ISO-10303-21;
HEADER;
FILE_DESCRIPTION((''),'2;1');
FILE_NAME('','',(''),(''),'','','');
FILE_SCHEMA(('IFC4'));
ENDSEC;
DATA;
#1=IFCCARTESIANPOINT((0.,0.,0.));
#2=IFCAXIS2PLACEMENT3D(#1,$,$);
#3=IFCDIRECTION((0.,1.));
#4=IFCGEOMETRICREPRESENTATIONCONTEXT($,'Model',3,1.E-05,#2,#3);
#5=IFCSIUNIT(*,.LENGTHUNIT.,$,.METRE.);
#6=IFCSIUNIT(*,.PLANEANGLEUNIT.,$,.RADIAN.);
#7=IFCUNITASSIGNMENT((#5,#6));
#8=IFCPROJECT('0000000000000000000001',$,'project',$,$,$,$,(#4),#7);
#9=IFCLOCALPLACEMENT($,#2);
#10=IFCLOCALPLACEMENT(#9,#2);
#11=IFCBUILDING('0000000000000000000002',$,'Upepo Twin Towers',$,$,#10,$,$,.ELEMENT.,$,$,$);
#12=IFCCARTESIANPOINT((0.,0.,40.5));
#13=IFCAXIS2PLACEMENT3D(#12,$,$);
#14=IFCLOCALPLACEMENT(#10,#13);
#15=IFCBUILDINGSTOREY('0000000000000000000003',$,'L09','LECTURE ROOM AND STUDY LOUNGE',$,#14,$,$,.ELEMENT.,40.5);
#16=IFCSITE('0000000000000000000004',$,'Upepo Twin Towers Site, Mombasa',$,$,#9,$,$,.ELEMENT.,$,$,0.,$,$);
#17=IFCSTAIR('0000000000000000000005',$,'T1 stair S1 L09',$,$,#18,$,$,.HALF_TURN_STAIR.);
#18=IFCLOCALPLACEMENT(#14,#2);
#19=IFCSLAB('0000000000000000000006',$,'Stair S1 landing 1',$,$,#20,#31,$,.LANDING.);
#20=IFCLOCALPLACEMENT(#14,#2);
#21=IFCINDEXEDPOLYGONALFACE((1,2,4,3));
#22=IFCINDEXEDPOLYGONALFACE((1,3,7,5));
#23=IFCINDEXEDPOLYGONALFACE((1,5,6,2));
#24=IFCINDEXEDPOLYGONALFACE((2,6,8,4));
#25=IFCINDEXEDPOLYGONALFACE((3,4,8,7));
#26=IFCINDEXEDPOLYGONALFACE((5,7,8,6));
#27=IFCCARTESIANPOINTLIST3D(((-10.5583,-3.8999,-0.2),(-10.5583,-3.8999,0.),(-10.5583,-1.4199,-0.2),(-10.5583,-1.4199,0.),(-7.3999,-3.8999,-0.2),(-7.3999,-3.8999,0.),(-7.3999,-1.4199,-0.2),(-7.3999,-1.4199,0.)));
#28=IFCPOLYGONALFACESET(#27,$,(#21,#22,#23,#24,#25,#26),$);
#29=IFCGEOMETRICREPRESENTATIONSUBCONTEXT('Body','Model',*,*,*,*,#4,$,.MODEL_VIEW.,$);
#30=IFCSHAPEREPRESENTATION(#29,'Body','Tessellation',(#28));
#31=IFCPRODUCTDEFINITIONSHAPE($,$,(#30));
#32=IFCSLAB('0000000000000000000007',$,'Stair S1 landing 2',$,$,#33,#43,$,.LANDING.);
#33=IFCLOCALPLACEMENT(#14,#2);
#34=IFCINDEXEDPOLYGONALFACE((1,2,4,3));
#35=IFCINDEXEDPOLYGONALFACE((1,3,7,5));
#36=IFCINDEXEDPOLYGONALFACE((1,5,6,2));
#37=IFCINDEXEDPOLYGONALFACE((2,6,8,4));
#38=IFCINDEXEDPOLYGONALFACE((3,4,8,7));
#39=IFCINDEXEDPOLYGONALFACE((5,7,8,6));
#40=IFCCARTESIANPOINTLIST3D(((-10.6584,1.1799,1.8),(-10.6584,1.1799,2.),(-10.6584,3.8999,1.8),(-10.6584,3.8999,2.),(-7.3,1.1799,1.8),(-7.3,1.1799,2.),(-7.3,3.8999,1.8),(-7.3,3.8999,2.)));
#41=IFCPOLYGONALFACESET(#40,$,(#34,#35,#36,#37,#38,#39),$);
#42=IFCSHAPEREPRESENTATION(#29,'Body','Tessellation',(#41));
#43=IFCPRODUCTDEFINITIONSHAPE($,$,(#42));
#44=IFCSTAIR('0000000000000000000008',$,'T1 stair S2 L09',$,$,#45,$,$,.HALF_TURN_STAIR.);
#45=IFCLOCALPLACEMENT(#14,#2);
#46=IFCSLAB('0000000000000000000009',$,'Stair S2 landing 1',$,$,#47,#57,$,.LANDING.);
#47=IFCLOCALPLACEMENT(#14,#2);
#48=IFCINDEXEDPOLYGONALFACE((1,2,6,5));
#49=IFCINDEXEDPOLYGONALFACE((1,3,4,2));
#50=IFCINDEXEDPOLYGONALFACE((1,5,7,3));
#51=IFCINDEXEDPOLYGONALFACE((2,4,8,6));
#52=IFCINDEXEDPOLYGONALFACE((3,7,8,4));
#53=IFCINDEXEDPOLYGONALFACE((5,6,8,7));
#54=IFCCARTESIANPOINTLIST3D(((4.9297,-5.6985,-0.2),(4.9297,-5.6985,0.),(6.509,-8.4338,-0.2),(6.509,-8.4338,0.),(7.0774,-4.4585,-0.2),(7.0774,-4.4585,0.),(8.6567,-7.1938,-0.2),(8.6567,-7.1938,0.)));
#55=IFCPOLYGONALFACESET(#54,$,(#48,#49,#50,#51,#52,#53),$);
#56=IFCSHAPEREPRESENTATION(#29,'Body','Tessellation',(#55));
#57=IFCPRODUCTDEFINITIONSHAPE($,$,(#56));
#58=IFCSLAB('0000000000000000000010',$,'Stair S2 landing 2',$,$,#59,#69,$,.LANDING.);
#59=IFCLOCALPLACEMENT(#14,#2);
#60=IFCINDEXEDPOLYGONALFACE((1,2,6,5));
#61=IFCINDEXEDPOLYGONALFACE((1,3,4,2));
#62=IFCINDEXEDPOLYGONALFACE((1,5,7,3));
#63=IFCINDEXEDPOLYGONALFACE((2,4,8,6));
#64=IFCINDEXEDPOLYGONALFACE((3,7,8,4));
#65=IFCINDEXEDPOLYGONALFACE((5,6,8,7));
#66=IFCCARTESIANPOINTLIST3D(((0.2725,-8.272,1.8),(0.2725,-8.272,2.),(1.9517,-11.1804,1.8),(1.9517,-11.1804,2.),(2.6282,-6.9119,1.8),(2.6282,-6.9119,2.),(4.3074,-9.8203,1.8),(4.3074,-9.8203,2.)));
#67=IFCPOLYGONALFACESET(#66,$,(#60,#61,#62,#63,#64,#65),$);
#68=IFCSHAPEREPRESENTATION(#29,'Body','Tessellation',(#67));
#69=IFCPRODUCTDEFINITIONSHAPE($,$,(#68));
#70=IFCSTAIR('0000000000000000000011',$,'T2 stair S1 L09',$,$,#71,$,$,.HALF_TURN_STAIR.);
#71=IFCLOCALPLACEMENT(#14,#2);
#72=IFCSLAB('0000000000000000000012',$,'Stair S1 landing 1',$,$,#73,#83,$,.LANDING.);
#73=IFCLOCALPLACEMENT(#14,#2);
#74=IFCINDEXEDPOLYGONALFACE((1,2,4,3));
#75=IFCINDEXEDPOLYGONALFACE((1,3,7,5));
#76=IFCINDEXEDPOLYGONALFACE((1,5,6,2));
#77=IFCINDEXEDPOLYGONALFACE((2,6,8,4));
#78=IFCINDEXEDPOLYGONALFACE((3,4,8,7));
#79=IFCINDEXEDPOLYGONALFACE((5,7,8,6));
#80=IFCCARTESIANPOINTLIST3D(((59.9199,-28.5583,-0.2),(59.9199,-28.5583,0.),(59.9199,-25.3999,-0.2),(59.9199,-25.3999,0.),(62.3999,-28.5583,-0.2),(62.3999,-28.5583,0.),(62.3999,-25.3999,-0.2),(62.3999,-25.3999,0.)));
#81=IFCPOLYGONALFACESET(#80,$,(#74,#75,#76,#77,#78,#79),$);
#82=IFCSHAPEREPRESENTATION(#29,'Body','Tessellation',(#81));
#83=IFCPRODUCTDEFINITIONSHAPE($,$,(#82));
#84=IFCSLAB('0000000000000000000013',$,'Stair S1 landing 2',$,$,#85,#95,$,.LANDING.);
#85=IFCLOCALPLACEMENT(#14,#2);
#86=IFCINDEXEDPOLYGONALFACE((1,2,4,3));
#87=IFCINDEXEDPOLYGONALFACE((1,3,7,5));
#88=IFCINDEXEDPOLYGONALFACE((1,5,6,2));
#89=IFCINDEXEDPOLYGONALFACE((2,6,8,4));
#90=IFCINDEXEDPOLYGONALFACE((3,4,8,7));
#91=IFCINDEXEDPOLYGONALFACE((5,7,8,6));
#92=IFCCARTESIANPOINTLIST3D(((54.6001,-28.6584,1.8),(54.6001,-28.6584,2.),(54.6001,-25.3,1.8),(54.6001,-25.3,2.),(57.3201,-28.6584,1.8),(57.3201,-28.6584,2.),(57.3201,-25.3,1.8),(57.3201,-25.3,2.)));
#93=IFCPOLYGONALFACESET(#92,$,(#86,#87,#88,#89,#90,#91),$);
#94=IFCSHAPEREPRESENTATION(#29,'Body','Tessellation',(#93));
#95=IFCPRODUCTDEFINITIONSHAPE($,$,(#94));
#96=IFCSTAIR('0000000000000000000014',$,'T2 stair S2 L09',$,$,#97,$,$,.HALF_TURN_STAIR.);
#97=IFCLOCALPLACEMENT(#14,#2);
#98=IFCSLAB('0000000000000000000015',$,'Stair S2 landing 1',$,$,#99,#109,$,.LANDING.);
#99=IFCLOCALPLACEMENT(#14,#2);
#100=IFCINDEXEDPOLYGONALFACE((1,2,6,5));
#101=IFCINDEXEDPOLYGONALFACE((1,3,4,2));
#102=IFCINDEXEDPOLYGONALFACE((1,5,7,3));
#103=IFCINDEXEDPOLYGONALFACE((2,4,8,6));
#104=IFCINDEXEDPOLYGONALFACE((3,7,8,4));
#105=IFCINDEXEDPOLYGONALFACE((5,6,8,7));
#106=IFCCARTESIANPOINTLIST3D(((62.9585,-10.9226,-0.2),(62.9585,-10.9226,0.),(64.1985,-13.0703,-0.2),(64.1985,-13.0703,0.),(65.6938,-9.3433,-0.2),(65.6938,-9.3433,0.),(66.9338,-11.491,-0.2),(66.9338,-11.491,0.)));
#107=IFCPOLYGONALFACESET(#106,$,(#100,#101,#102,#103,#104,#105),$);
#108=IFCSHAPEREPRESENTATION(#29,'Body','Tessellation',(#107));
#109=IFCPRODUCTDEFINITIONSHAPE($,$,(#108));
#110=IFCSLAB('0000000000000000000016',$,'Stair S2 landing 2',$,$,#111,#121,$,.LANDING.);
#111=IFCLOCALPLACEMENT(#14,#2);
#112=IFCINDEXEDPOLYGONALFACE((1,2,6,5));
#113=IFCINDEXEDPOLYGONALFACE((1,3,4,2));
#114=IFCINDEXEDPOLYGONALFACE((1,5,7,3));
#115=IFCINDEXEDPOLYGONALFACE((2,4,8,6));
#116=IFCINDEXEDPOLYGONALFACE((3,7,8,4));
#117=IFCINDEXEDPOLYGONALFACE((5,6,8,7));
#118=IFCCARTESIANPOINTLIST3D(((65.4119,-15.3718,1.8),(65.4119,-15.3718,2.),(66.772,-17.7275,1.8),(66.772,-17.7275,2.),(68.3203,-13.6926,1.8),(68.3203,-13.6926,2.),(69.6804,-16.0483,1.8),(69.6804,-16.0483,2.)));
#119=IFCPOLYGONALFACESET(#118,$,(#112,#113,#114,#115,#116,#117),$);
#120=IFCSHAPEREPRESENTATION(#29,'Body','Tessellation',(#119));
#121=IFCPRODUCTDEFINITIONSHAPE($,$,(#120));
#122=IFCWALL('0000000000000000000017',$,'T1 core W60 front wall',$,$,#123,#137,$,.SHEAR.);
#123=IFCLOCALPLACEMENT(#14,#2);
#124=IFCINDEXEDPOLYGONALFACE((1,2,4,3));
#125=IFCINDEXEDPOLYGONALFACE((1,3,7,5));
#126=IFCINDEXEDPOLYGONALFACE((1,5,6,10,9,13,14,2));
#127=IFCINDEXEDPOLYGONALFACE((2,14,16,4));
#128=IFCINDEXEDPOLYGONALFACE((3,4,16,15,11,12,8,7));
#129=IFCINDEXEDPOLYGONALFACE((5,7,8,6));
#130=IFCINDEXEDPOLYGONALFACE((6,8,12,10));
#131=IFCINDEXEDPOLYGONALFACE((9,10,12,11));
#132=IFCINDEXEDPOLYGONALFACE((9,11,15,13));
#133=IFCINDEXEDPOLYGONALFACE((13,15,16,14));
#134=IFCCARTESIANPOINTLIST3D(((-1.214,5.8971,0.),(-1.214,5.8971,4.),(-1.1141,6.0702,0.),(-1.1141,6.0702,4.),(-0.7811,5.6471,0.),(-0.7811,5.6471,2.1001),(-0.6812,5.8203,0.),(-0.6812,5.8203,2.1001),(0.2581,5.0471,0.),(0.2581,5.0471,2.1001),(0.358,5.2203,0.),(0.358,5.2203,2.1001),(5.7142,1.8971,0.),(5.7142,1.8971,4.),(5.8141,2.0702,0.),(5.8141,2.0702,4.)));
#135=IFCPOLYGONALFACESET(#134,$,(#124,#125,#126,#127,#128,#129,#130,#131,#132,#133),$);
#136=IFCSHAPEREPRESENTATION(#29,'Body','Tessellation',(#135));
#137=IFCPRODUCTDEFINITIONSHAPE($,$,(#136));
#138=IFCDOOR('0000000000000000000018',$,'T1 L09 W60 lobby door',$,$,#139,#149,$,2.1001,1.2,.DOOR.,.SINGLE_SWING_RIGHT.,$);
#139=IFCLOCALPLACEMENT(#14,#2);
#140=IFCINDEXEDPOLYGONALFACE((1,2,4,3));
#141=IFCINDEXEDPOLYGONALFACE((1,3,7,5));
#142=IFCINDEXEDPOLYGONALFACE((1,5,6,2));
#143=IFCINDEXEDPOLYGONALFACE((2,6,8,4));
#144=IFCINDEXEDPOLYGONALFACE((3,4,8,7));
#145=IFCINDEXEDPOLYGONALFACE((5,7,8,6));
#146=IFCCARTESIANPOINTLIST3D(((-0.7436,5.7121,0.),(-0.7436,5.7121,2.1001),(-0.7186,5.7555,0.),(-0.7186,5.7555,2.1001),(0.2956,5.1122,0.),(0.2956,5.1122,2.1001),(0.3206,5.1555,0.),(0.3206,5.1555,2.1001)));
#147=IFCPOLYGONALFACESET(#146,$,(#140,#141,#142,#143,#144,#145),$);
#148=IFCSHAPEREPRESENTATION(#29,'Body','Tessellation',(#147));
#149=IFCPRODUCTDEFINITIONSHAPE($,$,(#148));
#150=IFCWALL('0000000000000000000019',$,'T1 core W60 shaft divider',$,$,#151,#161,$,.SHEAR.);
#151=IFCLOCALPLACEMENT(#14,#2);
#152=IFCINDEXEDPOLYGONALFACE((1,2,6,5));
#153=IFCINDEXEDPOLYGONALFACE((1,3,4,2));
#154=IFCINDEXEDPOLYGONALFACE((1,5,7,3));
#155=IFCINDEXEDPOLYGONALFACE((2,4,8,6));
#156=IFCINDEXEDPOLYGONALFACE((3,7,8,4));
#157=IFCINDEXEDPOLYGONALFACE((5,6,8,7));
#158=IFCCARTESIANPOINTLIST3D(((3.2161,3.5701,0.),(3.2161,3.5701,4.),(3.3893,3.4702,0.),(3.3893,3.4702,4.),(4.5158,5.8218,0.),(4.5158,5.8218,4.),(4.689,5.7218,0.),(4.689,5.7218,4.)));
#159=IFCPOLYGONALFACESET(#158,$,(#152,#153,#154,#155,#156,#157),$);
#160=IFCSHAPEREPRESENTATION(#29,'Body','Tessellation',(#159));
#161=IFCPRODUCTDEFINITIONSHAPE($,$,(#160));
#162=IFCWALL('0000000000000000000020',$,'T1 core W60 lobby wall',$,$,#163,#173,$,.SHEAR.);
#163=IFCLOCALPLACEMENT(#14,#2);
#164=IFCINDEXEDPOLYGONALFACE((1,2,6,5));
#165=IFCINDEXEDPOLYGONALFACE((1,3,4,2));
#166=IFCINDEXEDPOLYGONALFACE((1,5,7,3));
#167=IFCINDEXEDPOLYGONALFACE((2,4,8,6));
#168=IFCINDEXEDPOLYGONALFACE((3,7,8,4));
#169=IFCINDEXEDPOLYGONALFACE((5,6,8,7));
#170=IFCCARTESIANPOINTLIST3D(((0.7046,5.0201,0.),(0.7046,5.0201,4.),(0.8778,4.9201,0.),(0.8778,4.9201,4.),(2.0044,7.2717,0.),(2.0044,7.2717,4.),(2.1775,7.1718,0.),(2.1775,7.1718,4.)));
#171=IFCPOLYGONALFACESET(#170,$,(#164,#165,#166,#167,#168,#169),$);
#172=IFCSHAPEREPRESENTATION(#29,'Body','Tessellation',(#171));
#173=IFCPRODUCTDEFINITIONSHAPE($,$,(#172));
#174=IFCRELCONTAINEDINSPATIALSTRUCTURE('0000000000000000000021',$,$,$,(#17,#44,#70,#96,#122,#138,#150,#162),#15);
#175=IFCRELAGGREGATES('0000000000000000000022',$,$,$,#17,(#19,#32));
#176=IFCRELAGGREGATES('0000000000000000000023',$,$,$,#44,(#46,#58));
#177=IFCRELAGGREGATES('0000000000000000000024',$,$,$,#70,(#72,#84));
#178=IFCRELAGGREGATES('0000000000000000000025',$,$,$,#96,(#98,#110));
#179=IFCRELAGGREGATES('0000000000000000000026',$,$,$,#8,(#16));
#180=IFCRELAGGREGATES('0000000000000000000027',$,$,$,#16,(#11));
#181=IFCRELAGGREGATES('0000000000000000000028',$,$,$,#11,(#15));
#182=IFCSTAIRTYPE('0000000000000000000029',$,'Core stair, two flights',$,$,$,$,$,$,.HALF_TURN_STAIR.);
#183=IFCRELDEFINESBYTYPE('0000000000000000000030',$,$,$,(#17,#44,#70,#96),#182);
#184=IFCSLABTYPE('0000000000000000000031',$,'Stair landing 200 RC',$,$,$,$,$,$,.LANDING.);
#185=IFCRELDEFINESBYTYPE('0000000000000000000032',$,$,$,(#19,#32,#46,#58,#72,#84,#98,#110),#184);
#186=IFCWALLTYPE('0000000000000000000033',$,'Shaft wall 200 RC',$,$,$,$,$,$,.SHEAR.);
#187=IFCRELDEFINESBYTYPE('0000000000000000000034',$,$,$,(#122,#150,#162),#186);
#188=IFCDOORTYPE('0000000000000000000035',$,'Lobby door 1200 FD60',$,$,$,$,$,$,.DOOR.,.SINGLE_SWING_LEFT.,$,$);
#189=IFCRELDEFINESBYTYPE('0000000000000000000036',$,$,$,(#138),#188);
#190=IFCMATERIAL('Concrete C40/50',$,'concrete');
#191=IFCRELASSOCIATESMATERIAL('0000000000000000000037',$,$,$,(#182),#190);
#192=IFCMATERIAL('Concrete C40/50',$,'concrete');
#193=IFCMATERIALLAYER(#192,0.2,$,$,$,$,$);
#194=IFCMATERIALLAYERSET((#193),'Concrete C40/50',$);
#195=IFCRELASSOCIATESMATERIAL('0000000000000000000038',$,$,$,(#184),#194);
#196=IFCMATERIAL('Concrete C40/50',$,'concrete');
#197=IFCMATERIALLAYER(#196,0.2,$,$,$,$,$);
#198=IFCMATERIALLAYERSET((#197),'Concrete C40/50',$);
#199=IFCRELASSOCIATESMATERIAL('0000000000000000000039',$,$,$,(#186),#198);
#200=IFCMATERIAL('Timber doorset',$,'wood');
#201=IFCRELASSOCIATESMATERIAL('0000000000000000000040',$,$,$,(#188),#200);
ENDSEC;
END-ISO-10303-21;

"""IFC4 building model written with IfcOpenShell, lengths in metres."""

from ifc_helpers import new_model, si_unit, direction, frame, frame_2d, origin, place, context, subcontext, project, spatial, polyline, rectangle, outline, extrude, material, layer, layer_set, type_object, element, fill, aggregate, save


model = new_model("IFC4")

# Units and contexts
model_context = context("Model", 3, precision=1e-05, world=origin(), true_north=direction((0.0, 1.0)))
body_context = subcontext(model_context, "Body", "Model", "MODEL_VIEW")
ifc_project = project(units=[si_unit("LENGTHUNIT", "METRE"), si_unit("PLANEANGLEUNIT", "RADIAN")], contexts=[model_context])

# Site, building, storey
site_placement = place(None, origin())
site = spatial("IfcSite", under=ifc_project, at=site_placement, Name="Upepo Twin Towers Site, Mombasa", CompositionType="ELEMENT", RefElevation=0.0)
building_placement = place(site_placement, origin())
building = spatial("IfcBuilding", under=site, at=building_placement, Name="Upepo Twin Towers", CompositionType="ELEMENT")
storey_placement = place(building_placement, frame((0.0, 0.0, 40.5)))
storey = spatial("IfcBuildingStorey", under=building, at=storey_placement, Name="L09", Description="LECTURE ROOM AND STUDY LOUNGE", CompositionType="ELEMENT", Elevation=40.5)

# Stairs, slabs
ifc_material_1 = material(Name="Concrete C40/50", Category="concrete")
stair_type = type_object("IfcStairType", Name="Core stair, two flights", PredefinedType="HALF_TURN_STAIR", material=ifc_material_1)
stair_1_placement = place(storey_placement, origin())
stair_1 = element("IfcStair", 1, at=stair_1_placement, inside=storey, type_object=stair_type, Name="T1 stair S1 L09", PredefinedType="HALF_TURN_STAIR")
ifc_material_2 = material(Name="Concrete C40/50", Category="concrete")
ifc_layer_1 = layer(ifc_material_2, 0.2)
ifc_layer_set_1 = layer_set([ifc_layer_1], Name="Concrete C40/50")
slab_type = type_object("IfcSlabType", Name="Stair landing 200 RC", PredefinedType="LANDING", material=ifc_layer_set_1)
slab_1_placement = place(storey_placement, frame((0.0, 0.0, -0.2)))
slab_1 = element("IfcSlab", 2, at=slab_1_placement, type_object=slab_type, Name="Stair S1 landing 1", PredefinedType="LANDING", context=body_context, shape_type="SweptSolid", body=[
    extrude(outline(polyline([(-7.3999, -1.4199), (-10.5583, -1.4199), (-10.5583, -3.8999), (-7.3999, -3.8999), (-7.3999, -1.4199)])), origin(), (0.0, 0.0, 1.0), 0.2),
])
slab_2_placement = place(storey_placement, frame((0.0, 0.0, 1.8)))
slab_2 = element("IfcSlab", 3, at=slab_2_placement, type_object=slab_type, Name="Stair S1 landing 2", PredefinedType="LANDING", context=body_context, shape_type="SweptSolid", body=[
    extrude(outline(polyline([(-7.3, 3.8999), (-10.6584, 3.8999), (-10.6584, 1.1799), (-7.3, 1.1799), (-7.3, 3.8999)])), origin(), (0.0, 0.0, 1.0), 0.2),
])
aggregate(stair_1, [slab_1, slab_2])
stair_2_placement = place(storey_placement, origin())
stair_2 = element("IfcStair", 4, at=stair_2_placement, inside=storey, type_object=stair_type, Name="T1 stair S2 L09", PredefinedType="HALF_TURN_STAIR")
slab_3_placement = place(storey_placement, frame((0.0, 0.0, -0.2)))
slab_3 = element("IfcSlab", 5, at=slab_3_placement, type_object=slab_type, Name="Stair S2 landing 1", PredefinedType="LANDING", context=body_context, shape_type="SweptSolid", body=[
    extrude(outline(polyline([(4.9297, -5.6985), (6.509, -8.4338), (8.6567, -7.1938), (7.0774, -4.4585), (4.9297, -5.6985)])), origin(), (0.0, 0.0, 1.0), 0.2),
])
slab_4_placement = place(storey_placement, frame((0.0, 0.0, 1.8)))
slab_4 = element("IfcSlab", 6, at=slab_4_placement, type_object=slab_type, Name="Stair S2 landing 2", PredefinedType="LANDING", context=body_context, shape_type="SweptSolid", body=[
    extrude(outline(polyline([(0.2725, -8.272), (1.9517, -11.1804), (4.3074, -9.8203), (2.6282, -6.9119), (0.2725, -8.272)])), origin(), (0.0, 0.0, 1.0), 0.2),
])
aggregate(stair_2, [slab_3, slab_4])
stair_3_placement = place(storey_placement, origin())
stair_3 = element("IfcStair", 7, at=stair_3_placement, inside=storey, type_object=stair_type, Name="T2 stair S1 L09", PredefinedType="HALF_TURN_STAIR")
slab_5_placement = place(storey_placement, frame((0.0, 0.0, -0.2)))
slab_5 = element("IfcSlab", 8, at=slab_5_placement, type_object=slab_type, Name="Stair S1 landing 1", PredefinedType="LANDING", context=body_context, shape_type="SweptSolid", body=[
    extrude(outline(polyline([(59.9199, -25.3999), (59.9199, -28.5583), (62.3999, -28.5583), (62.3999, -25.3999), (59.9199, -25.3999)])), origin(), (0.0, 0.0, 1.0), 0.2),
])
slab_6_placement = place(storey_placement, frame((0.0, 0.0, 1.8)))
slab_6 = element("IfcSlab", 9, at=slab_6_placement, type_object=slab_type, Name="Stair S1 landing 2", PredefinedType="LANDING", context=body_context, shape_type="SweptSolid", body=[
    extrude(outline(polyline([(54.6001, -25.3), (54.6001, -28.6584), (57.3201, -28.6584), (57.3201, -25.3), (54.6001, -25.3)])), origin(), (0.0, 0.0, 1.0), 0.2),
])
aggregate(stair_3, [slab_5, slab_6])
stair_4_placement = place(storey_placement, origin())
stair_4 = element("IfcStair", 10, at=stair_4_placement, inside=storey, type_object=stair_type, Name="T2 stair S2 L09", PredefinedType="HALF_TURN_STAIR")
slab_7_placement = place(storey_placement, frame((0.0, 0.0, -0.2)))
slab_7 = element("IfcSlab", 11, at=slab_7_placement, type_object=slab_type, Name="Stair S2 landing 1", PredefinedType="LANDING", context=body_context, shape_type="SweptSolid", body=[
    extrude(outline(polyline([(64.1985, -13.0703), (66.9338, -11.491), (65.6938, -9.3433), (62.9585, -10.9226), (64.1985, -13.0703)])), origin(), (0.0, 0.0, 1.0), 0.2),
])
slab_8_placement = place(storey_placement, frame((0.0, 0.0, 1.8)))
slab_8 = element("IfcSlab", 12, at=slab_8_placement, type_object=slab_type, Name="Stair S2 landing 2", PredefinedType="LANDING", context=body_context, shape_type="SweptSolid", body=[
    extrude(outline(polyline([(66.772, -17.7275), (69.6804, -16.0483), (68.3203, -13.6926), (65.4119, -15.3718), (66.772, -17.7275)])), origin(), (0.0, 0.0, 1.0), 0.2),
])
aggregate(stair_4, [slab_7, slab_8])

# Wall, opening, door
ifc_material_3 = material(Name="Concrete C40/50", Category="concrete")
ifc_layer_2 = layer(ifc_material_3, 0.2)
ifc_layer_set_2 = layer_set([ifc_layer_2], Name="Concrete C40/50")
wall_type_1 = type_object("IfcWallType", Name="Shaft wall 200 RC", PredefinedType="SHEAR", material=ifc_layer_set_2)
wall_1_placement = place(storey_placement, frame((5.7642, 1.9836, 0.0), z_axis=(0.0, 0.0, 1.0), x_axis=(-0.866026, 0.499999, 0.0)))
wall_1 = element("IfcWall", 13, at=wall_1_placement, inside=storey, type_object=wall_type_1, Name="T1 core W60 front wall", PredefinedType="SHEAR", context=body_context, shape_type="SweptSolid", body=[
    extrude(rectangle(XDim=8.0, YDim=0.2, at=frame_2d((4.0, 0.0))), origin(), (0.0, 0.0, 1.0), 4.0),
])
opening_1_placement = place(wall_1_placement, frame((6.3, 0.0, 0.0)))
opening_1 = element("IfcOpeningElement", 14, at=opening_1_placement, cuts=wall_1, PredefinedType="OPENING", context=body_context, shape_type="SweptSolid", body=[
    extrude(rectangle(XDim=1.2, YDim=2.1001, at=frame_2d((0.6001, 1.05))), frame((0.0, 0.1099, 0.0), z_axis=(0.0, -1.0, 0.0), x_axis=(1.0, 0.0, 0.0)), (0.0, 0.0, 1.0), 0.22),
])
ifc_material_4 = material(Name="Timber doorset", Category="wood")
door_type_1 = type_object("IfcDoorType", Name="Lobby door 1200 FD60", OperationType="SINGLE_SWING_LEFT", PredefinedType="DOOR", material=ifc_material_4)
door_1_placement = place(opening_1_placement, origin())
door_1 = element("IfcDoor", 15, at=door_1_placement, inside=storey, type_object=door_type_1, Name="T1 L09 W60 lobby door", OperationType="SINGLE_SWING_RIGHT", OverallHeight=2.1001, OverallWidth=1.2, PredefinedType="DOOR", context=body_context, shape_type="SweptSolid", body=[
    extrude(rectangle(XDim=1.2, YDim=2.1001, at=frame_2d((0.6001, 1.05))), frame((0.0, 0.0249, 0.0), z_axis=(0.0, -1.0, 0.0), x_axis=(1.0, 0.0, 0.0)), (0.0, 0.0, 1.0), 0.05),
])
fill(opening_1, door_1)

# Walls
for number, where, z_axis, x_axis, name in (
    (16, (3.3027, 3.5203, 0.0), (0.0, 0.0, 1.0), (0.499937, 0.866062, 0.0), "T1 core W60 shaft divider"),
    (17, (0.7913, 4.9702, 0.0), (0.0, 0.0, 1.0), (0.499937, 0.866062, 0.0), "T1 core W60 lobby wall"),
):
    element("IfcWall", number, at=place(storey_placement, frame(where, z_axis=z_axis, x_axis=x_axis)), inside=storey, type_object=wall_type_1, Name=name, PredefinedType="SHEAR", context=body_context, shape_type="SweptSolid", body=[
        extrude(rectangle(XDim=2.5999, YDim=0.2, at=frame_2d((1.2998, 0.0))), origin(), (0.0, 0.0, 1.0), 4.0),
    ])

save(model, "model.ifc")
